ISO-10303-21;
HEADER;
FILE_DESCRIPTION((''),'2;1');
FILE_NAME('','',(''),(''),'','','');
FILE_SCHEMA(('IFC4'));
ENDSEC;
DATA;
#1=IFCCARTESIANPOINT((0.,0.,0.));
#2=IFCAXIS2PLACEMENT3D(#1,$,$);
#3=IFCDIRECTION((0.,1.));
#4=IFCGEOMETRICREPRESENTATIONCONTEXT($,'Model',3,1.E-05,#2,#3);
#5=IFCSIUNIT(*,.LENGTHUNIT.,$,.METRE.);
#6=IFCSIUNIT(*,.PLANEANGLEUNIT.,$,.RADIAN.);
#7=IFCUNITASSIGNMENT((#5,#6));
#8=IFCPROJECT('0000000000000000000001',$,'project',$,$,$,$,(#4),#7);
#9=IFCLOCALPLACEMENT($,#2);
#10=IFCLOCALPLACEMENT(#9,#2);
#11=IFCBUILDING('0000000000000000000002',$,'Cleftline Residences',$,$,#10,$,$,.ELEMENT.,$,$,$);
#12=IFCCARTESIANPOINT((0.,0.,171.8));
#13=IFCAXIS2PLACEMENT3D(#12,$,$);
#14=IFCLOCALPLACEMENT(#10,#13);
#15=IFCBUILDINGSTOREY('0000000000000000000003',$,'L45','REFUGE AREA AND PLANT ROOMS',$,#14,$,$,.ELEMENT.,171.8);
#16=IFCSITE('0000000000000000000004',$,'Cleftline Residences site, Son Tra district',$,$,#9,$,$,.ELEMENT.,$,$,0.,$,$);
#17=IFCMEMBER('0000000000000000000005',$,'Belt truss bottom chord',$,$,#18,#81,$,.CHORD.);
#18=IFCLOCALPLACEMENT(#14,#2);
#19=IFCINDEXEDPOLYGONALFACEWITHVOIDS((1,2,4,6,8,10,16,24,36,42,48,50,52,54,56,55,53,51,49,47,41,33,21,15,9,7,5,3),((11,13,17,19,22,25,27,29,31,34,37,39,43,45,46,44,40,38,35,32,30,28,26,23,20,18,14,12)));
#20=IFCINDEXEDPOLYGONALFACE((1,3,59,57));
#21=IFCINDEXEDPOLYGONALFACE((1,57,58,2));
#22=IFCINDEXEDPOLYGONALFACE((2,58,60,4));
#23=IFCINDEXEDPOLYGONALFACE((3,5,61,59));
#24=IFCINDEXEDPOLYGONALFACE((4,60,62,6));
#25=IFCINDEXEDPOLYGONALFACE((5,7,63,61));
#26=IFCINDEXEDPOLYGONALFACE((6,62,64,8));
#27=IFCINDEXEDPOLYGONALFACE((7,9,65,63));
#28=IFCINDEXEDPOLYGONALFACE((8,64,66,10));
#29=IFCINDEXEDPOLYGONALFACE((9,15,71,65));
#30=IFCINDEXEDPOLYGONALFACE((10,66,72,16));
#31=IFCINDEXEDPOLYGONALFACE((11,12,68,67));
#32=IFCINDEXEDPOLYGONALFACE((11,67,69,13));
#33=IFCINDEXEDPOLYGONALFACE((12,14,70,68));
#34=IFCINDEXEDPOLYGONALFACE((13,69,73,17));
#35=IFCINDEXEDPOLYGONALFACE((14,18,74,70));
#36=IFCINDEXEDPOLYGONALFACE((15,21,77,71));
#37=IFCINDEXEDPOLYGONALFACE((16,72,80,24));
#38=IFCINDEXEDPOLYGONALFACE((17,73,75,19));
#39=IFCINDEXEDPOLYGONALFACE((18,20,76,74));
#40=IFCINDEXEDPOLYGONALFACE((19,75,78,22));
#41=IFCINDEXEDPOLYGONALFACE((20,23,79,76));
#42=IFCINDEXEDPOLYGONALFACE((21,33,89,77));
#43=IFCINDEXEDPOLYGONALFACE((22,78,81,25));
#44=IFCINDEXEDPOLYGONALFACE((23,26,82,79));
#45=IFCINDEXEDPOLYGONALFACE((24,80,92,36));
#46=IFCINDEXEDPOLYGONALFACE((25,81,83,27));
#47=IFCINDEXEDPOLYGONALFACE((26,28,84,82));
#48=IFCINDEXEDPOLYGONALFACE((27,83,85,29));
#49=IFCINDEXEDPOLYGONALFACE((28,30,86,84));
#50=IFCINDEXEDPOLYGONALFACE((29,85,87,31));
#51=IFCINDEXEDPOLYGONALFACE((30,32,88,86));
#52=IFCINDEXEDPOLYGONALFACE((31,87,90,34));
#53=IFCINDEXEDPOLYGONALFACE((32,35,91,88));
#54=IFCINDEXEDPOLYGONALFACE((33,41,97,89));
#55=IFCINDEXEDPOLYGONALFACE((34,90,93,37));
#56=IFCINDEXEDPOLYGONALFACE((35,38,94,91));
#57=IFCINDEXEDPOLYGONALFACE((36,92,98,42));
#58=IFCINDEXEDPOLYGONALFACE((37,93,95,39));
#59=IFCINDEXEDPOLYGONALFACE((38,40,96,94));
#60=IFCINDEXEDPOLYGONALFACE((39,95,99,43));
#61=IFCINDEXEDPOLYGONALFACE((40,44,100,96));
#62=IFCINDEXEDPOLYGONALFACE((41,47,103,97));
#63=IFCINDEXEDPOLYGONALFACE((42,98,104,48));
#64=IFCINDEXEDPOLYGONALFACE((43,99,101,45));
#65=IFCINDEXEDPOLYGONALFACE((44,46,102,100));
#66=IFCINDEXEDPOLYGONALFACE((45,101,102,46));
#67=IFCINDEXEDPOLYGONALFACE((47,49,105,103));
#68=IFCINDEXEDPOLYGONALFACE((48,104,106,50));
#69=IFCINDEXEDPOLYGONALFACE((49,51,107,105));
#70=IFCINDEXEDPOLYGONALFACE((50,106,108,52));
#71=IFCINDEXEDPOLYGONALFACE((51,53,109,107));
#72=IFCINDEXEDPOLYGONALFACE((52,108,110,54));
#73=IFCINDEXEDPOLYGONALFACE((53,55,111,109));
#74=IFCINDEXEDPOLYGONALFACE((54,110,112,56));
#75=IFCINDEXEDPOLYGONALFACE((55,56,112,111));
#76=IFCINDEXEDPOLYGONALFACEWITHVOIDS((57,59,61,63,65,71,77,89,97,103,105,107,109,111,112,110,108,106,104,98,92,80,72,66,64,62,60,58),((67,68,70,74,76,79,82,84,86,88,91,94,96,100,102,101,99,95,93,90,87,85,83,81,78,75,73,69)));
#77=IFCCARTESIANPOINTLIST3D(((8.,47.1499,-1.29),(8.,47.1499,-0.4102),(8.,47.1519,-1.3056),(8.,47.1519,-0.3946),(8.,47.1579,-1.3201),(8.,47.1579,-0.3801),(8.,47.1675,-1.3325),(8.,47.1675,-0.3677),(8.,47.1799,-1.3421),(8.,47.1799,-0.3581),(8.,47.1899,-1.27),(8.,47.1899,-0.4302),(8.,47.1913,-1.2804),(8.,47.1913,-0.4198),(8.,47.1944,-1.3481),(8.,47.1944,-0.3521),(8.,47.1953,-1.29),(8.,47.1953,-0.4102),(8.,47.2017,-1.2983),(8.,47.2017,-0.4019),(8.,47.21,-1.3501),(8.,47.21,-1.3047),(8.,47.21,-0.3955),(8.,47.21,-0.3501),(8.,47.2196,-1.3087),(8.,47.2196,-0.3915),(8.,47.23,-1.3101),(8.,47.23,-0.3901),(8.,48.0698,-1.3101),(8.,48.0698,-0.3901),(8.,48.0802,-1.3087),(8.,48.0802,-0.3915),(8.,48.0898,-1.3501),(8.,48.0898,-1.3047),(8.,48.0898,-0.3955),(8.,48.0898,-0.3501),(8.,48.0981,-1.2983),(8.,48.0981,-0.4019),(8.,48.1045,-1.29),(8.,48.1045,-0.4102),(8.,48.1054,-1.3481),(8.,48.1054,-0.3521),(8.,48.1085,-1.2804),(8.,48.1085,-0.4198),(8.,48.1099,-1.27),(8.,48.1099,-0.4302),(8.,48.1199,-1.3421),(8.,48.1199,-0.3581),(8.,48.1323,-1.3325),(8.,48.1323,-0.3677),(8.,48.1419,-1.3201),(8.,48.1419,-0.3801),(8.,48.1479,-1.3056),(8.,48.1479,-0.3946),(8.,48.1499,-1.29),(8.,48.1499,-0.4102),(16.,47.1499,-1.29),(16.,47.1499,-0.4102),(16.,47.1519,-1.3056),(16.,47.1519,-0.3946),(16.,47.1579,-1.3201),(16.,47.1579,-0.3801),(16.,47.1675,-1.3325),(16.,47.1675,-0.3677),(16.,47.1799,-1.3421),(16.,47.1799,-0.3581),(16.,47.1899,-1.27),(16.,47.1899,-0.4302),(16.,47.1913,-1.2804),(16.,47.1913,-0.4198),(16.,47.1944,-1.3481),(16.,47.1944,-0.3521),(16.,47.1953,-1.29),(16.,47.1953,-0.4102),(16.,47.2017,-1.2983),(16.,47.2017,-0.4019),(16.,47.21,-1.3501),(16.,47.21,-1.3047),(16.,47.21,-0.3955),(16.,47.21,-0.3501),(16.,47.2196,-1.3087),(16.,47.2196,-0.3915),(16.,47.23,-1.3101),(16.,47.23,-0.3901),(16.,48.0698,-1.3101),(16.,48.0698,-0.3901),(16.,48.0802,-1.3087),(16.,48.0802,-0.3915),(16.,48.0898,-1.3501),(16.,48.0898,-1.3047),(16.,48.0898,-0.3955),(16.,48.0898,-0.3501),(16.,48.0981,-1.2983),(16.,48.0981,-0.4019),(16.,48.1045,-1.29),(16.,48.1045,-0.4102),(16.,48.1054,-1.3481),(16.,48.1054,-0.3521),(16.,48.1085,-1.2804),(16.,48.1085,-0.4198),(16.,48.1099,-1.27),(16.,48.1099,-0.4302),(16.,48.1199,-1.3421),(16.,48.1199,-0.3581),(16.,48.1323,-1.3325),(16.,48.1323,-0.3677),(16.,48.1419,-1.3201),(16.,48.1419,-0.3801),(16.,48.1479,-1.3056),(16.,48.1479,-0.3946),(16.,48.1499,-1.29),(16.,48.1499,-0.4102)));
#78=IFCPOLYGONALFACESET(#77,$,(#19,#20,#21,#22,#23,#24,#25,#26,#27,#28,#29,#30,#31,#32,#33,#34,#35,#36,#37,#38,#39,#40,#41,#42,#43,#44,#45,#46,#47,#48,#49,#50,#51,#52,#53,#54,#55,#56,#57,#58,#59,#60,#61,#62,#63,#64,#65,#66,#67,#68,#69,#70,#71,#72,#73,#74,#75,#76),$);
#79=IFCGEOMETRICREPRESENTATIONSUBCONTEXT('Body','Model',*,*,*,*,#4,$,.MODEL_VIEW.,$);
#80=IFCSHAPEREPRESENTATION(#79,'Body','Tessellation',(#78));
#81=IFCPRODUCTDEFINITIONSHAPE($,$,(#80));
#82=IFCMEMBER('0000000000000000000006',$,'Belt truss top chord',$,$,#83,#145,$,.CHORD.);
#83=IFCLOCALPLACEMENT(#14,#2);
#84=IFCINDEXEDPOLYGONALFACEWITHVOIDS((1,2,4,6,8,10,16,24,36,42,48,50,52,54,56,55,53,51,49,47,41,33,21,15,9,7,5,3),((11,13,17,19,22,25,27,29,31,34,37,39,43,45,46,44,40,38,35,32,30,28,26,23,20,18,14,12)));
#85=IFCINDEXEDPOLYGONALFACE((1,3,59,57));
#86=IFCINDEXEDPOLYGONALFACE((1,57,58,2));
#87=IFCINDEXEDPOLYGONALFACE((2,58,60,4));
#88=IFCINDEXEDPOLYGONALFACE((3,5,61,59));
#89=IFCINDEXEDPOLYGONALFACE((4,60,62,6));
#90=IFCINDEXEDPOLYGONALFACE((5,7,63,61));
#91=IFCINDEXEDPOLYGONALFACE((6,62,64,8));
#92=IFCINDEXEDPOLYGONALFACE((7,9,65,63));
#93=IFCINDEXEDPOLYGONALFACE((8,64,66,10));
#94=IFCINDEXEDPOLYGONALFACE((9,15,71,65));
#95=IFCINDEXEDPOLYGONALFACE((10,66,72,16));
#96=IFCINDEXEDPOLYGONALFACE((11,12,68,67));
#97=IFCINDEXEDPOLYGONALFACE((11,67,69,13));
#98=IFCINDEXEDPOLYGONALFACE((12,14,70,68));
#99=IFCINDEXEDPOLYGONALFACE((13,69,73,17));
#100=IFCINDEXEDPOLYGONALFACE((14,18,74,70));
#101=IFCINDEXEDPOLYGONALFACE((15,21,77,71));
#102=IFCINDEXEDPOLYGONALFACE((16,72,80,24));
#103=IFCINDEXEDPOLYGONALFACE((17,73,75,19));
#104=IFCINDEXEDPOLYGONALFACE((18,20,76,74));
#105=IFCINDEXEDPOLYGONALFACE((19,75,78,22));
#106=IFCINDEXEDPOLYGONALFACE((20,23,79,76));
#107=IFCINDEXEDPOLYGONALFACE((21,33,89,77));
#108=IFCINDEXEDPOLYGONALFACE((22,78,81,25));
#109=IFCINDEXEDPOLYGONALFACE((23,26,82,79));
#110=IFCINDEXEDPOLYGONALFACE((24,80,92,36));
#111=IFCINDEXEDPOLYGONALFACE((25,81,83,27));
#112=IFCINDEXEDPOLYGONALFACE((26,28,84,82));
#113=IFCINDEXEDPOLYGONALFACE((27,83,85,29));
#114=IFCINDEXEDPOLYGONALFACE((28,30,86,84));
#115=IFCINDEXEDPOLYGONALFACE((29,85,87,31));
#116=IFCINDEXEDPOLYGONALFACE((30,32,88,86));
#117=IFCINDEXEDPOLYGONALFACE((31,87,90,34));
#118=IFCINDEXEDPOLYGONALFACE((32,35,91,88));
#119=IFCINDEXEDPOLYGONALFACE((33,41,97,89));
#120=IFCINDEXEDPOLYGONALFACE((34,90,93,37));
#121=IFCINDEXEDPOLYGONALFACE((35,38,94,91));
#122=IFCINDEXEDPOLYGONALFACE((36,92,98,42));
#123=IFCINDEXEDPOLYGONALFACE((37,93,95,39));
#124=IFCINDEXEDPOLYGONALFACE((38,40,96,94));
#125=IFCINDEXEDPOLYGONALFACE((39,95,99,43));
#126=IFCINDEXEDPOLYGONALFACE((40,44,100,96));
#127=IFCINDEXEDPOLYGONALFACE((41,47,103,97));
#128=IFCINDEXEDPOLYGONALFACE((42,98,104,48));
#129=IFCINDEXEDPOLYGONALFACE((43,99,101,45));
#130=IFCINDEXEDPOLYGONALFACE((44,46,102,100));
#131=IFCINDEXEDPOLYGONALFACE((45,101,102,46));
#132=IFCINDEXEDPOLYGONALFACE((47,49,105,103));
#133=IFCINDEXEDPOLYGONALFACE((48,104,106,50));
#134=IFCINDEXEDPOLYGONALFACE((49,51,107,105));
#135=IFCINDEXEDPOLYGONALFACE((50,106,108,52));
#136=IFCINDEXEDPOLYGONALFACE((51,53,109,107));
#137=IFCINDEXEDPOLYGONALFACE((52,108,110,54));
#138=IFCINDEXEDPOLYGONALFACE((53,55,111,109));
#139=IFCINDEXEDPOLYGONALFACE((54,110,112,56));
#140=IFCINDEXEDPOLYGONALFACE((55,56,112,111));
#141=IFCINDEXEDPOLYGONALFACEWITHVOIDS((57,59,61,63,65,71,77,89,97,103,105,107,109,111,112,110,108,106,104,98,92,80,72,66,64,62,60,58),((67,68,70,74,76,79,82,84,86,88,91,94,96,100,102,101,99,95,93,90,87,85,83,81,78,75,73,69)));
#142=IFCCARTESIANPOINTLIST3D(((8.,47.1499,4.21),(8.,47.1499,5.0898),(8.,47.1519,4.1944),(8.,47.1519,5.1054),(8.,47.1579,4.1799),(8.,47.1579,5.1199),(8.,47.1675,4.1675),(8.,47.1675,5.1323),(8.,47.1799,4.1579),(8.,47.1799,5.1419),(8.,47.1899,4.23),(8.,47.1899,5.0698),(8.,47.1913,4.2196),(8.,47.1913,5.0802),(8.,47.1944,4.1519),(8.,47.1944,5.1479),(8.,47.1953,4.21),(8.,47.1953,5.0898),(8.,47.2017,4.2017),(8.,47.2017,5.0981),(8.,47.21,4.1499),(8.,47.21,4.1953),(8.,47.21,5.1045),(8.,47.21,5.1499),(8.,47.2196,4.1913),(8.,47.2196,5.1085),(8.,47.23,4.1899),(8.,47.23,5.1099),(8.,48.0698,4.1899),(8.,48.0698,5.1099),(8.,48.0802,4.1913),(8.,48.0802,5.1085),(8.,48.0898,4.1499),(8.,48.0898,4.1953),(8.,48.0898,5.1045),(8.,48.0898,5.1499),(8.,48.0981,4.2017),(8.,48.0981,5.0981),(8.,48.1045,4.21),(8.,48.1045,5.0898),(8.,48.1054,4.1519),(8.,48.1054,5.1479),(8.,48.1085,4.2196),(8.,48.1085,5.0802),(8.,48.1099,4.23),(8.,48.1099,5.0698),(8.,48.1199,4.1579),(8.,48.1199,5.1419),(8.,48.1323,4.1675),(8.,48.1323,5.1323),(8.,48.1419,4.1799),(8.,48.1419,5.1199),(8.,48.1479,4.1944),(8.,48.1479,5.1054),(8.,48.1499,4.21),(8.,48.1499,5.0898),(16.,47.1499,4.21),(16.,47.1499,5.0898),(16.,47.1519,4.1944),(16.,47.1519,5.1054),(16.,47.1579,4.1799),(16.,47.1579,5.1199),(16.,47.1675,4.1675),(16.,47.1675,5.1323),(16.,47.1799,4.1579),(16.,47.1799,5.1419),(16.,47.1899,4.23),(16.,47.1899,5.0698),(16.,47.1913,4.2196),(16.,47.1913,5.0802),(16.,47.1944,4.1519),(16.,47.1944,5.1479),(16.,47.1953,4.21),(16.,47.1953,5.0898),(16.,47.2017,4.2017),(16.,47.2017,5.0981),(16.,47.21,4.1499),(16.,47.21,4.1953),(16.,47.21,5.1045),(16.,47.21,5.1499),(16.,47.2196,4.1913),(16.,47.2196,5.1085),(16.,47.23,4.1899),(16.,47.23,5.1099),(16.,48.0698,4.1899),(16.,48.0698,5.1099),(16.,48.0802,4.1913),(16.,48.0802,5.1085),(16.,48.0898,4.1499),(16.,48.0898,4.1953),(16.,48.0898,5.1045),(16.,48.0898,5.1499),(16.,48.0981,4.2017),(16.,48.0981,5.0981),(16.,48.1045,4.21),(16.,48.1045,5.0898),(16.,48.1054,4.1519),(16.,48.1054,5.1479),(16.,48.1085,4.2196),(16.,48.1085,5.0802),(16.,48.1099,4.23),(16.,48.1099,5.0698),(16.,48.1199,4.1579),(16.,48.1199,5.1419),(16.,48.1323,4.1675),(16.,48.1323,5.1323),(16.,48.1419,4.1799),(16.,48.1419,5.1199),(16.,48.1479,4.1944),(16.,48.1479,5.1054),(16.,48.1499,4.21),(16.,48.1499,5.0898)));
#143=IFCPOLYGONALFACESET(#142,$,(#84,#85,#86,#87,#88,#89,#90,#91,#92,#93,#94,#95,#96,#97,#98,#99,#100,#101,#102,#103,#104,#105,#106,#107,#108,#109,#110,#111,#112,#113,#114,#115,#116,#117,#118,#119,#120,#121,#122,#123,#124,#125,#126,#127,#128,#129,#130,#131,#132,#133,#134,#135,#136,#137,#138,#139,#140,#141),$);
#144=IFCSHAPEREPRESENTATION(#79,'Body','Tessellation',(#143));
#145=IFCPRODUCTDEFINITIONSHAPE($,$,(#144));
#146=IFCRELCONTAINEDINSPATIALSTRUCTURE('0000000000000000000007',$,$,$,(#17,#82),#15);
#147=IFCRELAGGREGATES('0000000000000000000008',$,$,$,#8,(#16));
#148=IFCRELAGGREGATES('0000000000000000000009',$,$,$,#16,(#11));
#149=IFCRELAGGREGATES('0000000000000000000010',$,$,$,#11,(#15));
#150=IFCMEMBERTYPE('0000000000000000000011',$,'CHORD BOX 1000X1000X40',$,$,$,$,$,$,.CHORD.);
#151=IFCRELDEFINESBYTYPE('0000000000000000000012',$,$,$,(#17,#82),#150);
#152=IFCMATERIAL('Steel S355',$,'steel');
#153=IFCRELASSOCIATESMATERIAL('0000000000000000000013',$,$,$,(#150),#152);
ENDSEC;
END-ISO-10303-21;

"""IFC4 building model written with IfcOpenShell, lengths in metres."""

from ifc_helpers import new_model, si_unit, direction, frame, origin, origin_2d, place, context, subcontext, project, spatial, hollow_rectangle, extrude, material, material_profile, profile_set, type_object, element, save


model = new_model("IFC4")

# Units and contexts
model_context = context("Model", 3, precision=1e-05, world=origin(), true_north=direction((0.0, 1.0)))
body_context = subcontext(model_context, "Body", "Model", "MODEL_VIEW")
ifc_project = project(units=[si_unit("LENGTHUNIT", "METRE"), si_unit("PLANEANGLEUNIT", "RADIAN")], contexts=[model_context])

# Site, building, storey
site_placement = place(None, origin())
site = spatial("IfcSite", under=ifc_project, at=site_placement, Name="Cleftline Residences site, Son Tra district", CompositionType="ELEMENT", RefElevation=0.0)
building_placement = place(site_placement, origin())
building = spatial("IfcBuilding", under=site, at=building_placement, Name="Cleftline Residences", CompositionType="ELEMENT")
storey_placement = place(building_placement, frame((0.0, 0.0, 171.8)))
storey = spatial("IfcBuildingStorey", under=building, at=storey_placement, Name="L45", Description="REFUGE AREA AND PLANT ROOMS", CompositionType="ELEMENT", Elevation=171.8)

# Members
ifc_material_1 = material(Name="Steel S355", Category="steel")
ifc_material_profile_1 = material_profile(ifc_material_1, hollow_rectangle(XDim=1.0, YDim=1.0, WallThickness=0.04, InnerFilletRadius=0.04, OuterFilletRadius=0.0601, at=origin_2d()))
ifc_profile_set_1 = profile_set([ifc_material_profile_1], Name="Steel S355")
member_type_1 = type_object("IfcMemberType", Name="CHORD BOX 1000X1000X40", PredefinedType="CHORD", material=ifc_profile_set_1)
for number, where, z_axis, x_axis, name in (
    (1, (8.0, 47.6499, -0.8501), (1.0, 0.0, 0.0), (0.0, 1.0, 0.0), "Belt truss bottom chord"),
    (2, (8.0, 47.6499, 4.6499), (1.0, 0.0, 0.0), (0.0, 1.0, 0.0), "Belt truss top chord"),
):
    element("IfcMember", number, at=place(storey_placement, frame(where, z_axis=z_axis, x_axis=x_axis)), inside=storey, type_object=member_type_1, Name=name, PredefinedType="CHORD", context=body_context, shape_type="SweptSolid", body=[
        extrude(hollow_rectangle(XDim=1.0, YDim=1.0, WallThickness=0.04, InnerFilletRadius=0.04, OuterFilletRadius=0.0601, at=origin_2d()), origin(), (0.0, 0.0, 1.0), 8.0),
    ])

save(model, "model.ifc")
